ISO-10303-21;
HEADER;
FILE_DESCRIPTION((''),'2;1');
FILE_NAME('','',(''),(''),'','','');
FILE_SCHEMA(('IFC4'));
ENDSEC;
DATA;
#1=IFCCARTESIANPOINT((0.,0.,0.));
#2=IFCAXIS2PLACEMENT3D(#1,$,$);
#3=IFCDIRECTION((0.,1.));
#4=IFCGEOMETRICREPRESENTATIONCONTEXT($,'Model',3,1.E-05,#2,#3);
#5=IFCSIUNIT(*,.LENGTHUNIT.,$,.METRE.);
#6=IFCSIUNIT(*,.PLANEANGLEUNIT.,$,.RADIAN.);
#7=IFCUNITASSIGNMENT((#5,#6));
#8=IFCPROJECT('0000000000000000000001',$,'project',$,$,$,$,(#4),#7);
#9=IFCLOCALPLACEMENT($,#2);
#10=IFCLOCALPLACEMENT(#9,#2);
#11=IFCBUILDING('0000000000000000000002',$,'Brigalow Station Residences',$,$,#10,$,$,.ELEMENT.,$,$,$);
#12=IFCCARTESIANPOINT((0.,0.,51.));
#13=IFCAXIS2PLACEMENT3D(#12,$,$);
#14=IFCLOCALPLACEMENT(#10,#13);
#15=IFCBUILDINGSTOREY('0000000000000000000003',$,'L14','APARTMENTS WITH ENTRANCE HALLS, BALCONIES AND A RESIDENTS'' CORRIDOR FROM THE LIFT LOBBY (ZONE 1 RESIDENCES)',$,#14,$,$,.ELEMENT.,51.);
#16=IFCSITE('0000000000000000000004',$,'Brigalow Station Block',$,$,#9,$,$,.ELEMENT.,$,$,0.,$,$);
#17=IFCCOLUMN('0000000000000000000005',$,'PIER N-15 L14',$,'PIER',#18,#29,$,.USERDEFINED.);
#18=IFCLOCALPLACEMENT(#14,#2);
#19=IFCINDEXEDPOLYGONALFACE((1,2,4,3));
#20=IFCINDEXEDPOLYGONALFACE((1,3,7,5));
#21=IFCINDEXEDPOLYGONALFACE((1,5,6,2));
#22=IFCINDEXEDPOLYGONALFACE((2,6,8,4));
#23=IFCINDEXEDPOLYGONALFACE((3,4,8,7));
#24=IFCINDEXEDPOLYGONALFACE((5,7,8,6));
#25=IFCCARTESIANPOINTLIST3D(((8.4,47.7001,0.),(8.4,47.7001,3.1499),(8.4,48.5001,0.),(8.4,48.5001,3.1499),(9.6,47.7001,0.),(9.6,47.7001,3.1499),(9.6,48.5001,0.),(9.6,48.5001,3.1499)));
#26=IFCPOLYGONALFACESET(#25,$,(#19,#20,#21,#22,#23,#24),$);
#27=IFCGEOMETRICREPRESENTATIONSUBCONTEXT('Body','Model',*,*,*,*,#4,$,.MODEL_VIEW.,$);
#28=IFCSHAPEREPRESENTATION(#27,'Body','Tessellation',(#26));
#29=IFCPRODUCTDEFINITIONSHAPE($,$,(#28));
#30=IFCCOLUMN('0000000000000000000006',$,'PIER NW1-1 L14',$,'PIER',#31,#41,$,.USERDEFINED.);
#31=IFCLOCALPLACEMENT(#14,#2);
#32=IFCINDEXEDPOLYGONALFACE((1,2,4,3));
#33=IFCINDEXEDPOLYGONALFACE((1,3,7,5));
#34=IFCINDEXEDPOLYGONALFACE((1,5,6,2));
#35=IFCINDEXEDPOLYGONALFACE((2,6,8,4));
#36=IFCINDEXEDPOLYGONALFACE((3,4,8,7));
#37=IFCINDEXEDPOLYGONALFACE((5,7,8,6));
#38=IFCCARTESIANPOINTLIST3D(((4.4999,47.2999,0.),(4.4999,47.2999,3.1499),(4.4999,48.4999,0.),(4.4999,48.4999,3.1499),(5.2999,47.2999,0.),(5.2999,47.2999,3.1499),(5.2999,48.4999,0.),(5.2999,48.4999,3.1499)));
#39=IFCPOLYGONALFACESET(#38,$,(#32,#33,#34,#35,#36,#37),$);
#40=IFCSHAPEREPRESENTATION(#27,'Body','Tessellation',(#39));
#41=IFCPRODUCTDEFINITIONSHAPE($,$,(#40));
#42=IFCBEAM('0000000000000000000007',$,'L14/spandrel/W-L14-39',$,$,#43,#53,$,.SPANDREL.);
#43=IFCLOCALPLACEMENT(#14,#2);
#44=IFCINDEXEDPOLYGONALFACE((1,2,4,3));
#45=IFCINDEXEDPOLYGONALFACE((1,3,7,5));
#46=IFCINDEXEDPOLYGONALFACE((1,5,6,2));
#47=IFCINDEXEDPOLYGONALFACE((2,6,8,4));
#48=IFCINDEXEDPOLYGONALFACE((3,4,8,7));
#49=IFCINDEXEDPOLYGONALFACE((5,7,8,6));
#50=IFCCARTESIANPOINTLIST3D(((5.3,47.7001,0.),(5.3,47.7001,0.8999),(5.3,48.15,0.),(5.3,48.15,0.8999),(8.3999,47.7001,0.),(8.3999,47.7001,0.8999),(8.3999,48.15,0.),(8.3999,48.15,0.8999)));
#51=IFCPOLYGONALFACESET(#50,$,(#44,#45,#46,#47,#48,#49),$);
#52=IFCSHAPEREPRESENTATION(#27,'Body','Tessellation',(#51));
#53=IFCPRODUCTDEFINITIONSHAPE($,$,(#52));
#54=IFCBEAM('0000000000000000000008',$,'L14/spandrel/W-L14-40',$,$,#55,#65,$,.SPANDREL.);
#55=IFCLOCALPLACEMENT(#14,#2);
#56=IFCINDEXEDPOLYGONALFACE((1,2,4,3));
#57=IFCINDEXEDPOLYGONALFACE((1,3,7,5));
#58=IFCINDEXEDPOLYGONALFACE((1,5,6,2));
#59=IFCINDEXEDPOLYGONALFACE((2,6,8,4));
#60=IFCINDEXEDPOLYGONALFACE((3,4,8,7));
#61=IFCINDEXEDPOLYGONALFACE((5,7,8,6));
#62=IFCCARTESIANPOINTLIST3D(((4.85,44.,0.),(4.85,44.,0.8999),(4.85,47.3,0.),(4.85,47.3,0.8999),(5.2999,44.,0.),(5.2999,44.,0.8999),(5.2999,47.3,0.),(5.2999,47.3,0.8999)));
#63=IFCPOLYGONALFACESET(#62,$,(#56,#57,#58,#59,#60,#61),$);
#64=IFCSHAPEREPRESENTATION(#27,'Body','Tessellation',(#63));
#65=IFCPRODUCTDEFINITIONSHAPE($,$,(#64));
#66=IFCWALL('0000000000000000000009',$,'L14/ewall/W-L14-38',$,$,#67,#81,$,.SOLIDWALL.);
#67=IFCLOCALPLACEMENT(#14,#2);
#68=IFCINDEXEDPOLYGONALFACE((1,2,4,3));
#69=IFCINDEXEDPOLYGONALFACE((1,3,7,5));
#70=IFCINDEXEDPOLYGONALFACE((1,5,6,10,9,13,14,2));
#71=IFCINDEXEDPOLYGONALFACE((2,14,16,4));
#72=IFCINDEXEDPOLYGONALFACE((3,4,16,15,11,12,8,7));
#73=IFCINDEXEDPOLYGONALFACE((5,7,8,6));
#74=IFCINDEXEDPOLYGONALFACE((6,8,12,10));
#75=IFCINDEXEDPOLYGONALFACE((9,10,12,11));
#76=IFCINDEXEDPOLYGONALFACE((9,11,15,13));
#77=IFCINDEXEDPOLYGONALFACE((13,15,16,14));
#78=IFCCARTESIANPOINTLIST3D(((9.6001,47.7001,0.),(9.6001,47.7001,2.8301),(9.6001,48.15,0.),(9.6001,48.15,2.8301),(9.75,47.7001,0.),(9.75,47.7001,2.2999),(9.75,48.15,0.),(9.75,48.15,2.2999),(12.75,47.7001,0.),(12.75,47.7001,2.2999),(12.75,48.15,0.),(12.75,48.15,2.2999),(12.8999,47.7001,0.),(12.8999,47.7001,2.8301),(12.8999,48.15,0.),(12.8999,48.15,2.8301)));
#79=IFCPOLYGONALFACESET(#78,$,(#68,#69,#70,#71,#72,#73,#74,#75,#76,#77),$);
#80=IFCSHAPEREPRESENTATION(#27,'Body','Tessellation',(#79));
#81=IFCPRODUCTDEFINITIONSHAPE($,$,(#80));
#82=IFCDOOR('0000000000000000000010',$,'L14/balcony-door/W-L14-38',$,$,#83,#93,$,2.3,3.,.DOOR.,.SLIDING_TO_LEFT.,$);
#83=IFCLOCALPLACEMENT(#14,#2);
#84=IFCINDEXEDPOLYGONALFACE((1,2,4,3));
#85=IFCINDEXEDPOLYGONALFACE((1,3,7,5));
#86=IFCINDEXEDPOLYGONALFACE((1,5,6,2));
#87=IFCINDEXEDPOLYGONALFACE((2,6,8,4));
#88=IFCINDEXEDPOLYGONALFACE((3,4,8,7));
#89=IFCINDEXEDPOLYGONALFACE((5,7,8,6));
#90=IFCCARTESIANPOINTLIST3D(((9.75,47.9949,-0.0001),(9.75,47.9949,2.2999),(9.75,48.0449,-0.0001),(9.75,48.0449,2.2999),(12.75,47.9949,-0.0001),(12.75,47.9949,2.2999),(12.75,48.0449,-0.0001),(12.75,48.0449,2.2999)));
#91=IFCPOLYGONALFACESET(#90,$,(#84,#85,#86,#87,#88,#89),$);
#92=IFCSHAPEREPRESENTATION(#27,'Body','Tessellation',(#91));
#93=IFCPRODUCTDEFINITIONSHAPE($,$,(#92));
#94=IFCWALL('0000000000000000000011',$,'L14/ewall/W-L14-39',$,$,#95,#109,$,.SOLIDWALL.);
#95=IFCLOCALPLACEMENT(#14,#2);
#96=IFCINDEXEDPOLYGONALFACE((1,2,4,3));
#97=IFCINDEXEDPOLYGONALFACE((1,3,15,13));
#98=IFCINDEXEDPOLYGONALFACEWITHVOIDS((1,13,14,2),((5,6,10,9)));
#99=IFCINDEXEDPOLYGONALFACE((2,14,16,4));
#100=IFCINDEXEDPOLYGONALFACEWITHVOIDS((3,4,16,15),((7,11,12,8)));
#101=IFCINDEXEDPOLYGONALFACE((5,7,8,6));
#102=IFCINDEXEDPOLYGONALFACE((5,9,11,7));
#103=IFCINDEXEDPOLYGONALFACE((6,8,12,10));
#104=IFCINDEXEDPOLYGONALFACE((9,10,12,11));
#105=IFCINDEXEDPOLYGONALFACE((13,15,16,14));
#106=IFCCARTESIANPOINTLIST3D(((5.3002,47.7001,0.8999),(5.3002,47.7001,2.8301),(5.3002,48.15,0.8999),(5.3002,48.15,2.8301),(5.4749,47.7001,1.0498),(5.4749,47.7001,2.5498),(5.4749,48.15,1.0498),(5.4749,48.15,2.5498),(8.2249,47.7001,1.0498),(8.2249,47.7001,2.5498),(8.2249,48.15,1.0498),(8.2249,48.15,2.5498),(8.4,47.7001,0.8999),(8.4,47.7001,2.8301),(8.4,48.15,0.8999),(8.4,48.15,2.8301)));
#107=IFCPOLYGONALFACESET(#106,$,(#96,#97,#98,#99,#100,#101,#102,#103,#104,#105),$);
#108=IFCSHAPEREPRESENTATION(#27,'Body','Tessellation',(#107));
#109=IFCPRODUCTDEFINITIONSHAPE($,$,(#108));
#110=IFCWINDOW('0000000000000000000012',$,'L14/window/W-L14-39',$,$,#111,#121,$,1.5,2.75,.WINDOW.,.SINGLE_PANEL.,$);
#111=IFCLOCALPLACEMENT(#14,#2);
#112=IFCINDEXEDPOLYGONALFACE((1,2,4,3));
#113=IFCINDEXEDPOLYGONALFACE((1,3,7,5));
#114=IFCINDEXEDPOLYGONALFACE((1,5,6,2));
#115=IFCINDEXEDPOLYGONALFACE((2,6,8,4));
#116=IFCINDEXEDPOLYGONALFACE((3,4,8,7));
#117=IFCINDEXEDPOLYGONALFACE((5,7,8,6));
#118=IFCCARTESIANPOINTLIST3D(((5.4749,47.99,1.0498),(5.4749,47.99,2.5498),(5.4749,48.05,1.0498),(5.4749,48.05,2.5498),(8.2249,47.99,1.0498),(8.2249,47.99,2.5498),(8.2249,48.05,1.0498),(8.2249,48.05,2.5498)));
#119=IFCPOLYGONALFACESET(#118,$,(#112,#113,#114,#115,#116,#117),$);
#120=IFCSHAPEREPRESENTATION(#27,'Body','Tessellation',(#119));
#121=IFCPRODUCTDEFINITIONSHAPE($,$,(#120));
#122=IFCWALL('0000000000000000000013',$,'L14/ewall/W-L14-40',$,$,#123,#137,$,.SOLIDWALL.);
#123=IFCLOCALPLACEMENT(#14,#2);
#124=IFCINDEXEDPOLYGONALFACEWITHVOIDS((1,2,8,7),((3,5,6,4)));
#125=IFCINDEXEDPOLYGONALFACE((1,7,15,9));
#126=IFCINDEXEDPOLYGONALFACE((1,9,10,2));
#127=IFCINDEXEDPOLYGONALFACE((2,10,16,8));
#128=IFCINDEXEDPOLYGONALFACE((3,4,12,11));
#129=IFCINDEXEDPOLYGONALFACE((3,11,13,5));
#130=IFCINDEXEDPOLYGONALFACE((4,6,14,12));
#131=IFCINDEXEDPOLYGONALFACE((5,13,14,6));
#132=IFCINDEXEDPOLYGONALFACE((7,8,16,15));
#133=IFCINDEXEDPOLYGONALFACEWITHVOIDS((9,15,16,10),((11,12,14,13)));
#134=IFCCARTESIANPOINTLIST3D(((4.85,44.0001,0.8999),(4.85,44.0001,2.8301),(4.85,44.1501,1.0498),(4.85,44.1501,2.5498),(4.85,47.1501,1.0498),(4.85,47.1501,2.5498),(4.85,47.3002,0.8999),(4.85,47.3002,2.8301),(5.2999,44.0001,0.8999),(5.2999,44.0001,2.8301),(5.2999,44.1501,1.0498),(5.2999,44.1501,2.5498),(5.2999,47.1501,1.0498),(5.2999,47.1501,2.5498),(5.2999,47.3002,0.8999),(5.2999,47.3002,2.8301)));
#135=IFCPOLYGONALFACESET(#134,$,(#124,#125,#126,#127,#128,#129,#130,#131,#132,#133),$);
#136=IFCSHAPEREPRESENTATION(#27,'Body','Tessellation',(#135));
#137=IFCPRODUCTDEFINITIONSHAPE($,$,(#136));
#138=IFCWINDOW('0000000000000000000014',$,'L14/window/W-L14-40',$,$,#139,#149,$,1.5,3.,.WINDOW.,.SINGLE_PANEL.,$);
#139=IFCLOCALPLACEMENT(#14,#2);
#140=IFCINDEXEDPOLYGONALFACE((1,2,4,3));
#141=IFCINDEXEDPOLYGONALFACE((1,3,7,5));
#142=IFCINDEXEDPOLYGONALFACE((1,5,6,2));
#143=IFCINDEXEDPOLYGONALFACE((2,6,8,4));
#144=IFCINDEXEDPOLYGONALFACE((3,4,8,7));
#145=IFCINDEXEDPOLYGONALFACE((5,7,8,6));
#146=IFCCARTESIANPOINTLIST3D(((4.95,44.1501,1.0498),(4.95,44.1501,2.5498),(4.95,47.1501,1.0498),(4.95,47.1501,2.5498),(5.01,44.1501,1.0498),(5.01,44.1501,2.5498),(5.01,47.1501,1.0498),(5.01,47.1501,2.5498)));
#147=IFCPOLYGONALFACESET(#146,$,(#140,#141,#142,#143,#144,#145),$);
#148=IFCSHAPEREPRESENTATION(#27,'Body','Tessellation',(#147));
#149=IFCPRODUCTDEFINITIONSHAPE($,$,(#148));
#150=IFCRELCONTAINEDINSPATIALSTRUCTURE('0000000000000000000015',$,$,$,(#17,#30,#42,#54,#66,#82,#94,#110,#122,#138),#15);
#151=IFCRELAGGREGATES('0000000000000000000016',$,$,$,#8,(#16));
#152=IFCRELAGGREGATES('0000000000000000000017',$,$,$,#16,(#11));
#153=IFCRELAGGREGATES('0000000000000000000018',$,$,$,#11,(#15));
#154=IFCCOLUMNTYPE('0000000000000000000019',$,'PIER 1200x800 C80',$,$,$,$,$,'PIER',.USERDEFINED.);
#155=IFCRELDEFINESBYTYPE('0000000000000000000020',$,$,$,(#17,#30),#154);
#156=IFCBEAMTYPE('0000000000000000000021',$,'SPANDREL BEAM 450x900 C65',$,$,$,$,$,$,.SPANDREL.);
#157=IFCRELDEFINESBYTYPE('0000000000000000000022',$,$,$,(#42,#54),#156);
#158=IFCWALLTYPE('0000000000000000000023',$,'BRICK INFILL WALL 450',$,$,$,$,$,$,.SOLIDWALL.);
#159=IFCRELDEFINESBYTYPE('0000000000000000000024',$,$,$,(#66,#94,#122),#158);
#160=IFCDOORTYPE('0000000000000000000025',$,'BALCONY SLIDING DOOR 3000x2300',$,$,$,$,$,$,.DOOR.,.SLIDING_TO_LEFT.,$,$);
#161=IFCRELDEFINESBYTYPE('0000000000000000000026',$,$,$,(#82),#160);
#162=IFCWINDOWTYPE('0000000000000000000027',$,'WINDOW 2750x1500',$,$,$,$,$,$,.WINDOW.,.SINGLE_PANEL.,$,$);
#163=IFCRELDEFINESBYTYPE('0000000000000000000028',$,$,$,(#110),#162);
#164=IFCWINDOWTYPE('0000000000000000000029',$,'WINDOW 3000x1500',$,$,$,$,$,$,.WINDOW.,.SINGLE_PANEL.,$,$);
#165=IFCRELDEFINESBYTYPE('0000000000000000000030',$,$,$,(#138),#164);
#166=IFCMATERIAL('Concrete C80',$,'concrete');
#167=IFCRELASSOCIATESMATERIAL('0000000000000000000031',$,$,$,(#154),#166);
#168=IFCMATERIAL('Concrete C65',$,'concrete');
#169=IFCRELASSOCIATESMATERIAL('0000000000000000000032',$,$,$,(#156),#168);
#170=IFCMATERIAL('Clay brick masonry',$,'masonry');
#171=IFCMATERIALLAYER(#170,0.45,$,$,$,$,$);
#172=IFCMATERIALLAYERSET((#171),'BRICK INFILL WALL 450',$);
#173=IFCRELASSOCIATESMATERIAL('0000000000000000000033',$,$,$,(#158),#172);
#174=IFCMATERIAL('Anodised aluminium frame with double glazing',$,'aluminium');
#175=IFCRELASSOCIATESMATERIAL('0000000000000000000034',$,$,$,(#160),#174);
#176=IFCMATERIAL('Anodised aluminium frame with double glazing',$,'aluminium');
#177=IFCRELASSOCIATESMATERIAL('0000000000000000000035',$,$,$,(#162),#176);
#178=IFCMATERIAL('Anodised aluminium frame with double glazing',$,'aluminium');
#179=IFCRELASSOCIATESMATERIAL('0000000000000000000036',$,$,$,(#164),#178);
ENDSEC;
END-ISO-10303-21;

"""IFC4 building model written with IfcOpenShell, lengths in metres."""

from ifc_helpers import new_model, si_unit, direction, frame, frame_2d, origin, origin_2d, place, context, subcontext, project, spatial, rectangle, extrude, material, layer, layer_set, material_profile, profile_set, type_object, element, fill, save


model = new_model("IFC4")

# Units and contexts
model_context = context("Model", 3, precision=1e-05, world=origin(), true_north=direction((0.0, 1.0)))
body_context = subcontext(model_context, "Body", "Model", "MODEL_VIEW")
ifc_project = project(units=[si_unit("LENGTHUNIT", "METRE"), si_unit("PLANEANGLEUNIT", "RADIAN")], contexts=[model_context])

# Site, building, storey
site_placement = place(None, origin())
site = spatial("IfcSite", under=ifc_project, at=site_placement, Name="Brigalow Station Block", CompositionType="ELEMENT", RefElevation=0.0)
building_placement = place(site_placement, origin())
building = spatial("IfcBuilding", under=site, at=building_placement, Name="Brigalow Station Residences", CompositionType="ELEMENT")
storey_placement = place(building_placement, frame((0.0, 0.0, 51.0)))
storey = spatial("IfcBuildingStorey", under=building, at=storey_placement, Name="L14", Description="APARTMENTS WITH ENTRANCE HALLS, BALCONIES AND A RESIDENTS' CORRIDOR FROM THE LIFT LOBBY (ZONE 1 RESIDENCES)", CompositionType="ELEMENT", Elevation=51.0)

# Columns
ifc_material_1 = material(Name="Concrete C80", Category="concrete")
ifc_material_profile_1 = material_profile(ifc_material_1, rectangle(XDim=1.2, YDim=0.8, at=origin_2d()), Name="RC1200x800")
ifc_profile_set_1 = profile_set([ifc_material_profile_1], Name="Concrete C80")
column_type = type_object("IfcColumnType", Name="PIER 1200x800 C80", ElementType="PIER", PredefinedType="USERDEFINED", material=ifc_profile_set_1)
for number, where, z_axis, x_axis, name in (
    (1, (9.0, 48.1001, 0.0), (0.0, 0.0, 1.0), (-1.0, 0.0, 0.0), "PIER N-15 L14"),
    (2, (4.8999, 47.8999, 0.0), (0.0, 0.0, 1.0), (0.0, -1.0, 0.0), "PIER NW1-1 L14"),
):
    element("IfcColumn", number, at=place(storey_placement, frame(where, z_axis=z_axis, x_axis=x_axis)), inside=storey, type_object=column_type, Name=name, ObjectType="PIER", PredefinedType="USERDEFINED", context=body_context, shape_type="SweptSolid", body=[
        extrude(rectangle(XDim=1.2, YDim=0.8, at=origin_2d()), origin(), (0.0, 0.0, 1.0), 3.1499),
    ])

# Beams
ifc_material_2 = material(Name="Concrete C65", Category="concrete")
ifc_material_profile_2 = material_profile(ifc_material_2, rectangle(XDim=0.45, YDim=0.8999, at=origin_2d()), Name="RC450x900")
ifc_profile_set_2 = profile_set([ifc_material_profile_2], Name="Concrete C65")
beam_type = type_object("IfcBeamType", Name="SPANDREL BEAM 450x900 C65", PredefinedType="SPANDREL", material=ifc_profile_set_2)
beam_1_placement = place(storey_placement, frame((8.3999, 47.925, 0.45), z_axis=(-1.0, 0.0, 0.0), x_axis=(0.0, -1.0, 0.0)))
element("IfcBeam", 3, at=beam_1_placement, inside=storey, type_object=beam_type, Name="L14/spandrel/W-L14-39", PredefinedType="SPANDREL", context=body_context, shape_type="SweptSolid", body=[
    extrude(rectangle(XDim=0.45, YDim=0.8999, at=origin_2d()), origin(), (0.0, 0.0, 1.0), 3.0999),
])
beam_2_placement = place(storey_placement, frame((5.075, 47.3, 0.45), z_axis=(0.0, -1.0, 0.0), x_axis=(1.0, 0.0, 0.0)))
element("IfcBeam", 4, at=beam_2_placement, inside=storey, type_object=beam_type, Name="L14/spandrel/W-L14-40", PredefinedType="SPANDREL", context=body_context, shape_type="SweptSolid", body=[
    extrude(rectangle(XDim=0.45, YDim=0.8999, at=origin_2d()), origin(), (0.0, 0.0, 1.0), 3.3),
])

# Wall, opening, door
ifc_material_3 = material(Name="Clay brick masonry", Category="masonry")
ifc_layer_1 = layer(ifc_material_3, 0.45)
ifc_layer_set_1 = layer_set([ifc_layer_1], Name="BRICK INFILL WALL 450")
wall_type_1 = type_object("IfcWallType", Name="BRICK INFILL WALL 450", PredefinedType="SOLIDWALL", material=ifc_layer_set_1)
wall_1_placement = place(storey_placement, frame((12.8999, 47.925, 0.0), z_axis=(0.0, 0.0, 1.0), x_axis=(-1.0, 0.0, 0.0)))
wall_1 = element("IfcWall", 5, at=wall_1_placement, inside=storey, type_object=wall_type_1, Name="L14/ewall/W-L14-38", PredefinedType="SOLIDWALL", context=body_context, shape_type="SweptSolid", body=[
    extrude(rectangle(XDim=3.2998, YDim=0.45, at=frame_2d((1.6499, 0.0))), origin(), (0.0, 0.0, 1.0), 2.8301),
])
opening_1_placement = place(wall_1_placement, frame((0.1499, 0.0, 0.0)))
opening_1 = element("IfcOpeningElement", 6, at=opening_1_placement, cuts=wall_1, PredefinedType="OPENING", context=body_context, shape_type="SweptSolid", body=[
    extrude(rectangle(XDim=3.0, YDim=2.3, at=frame_2d((1.5, 1.1499))), frame((0.0, 0.2349, 0.0), z_axis=(0.0, -1.0, 0.0), x_axis=(1.0, 0.0, 0.0)), (0.0, 0.0, 1.0), 0.47),
])
ifc_material_4 = material(Name="Anodised aluminium frame with double glazing", Category="aluminium")
door_type_1 = type_object("IfcDoorType", Name="BALCONY SLIDING DOOR 3000x2300", OperationType="SLIDING_TO_LEFT", PredefinedType="DOOR", material=ifc_material_4)
door_1_placement = place(opening_1_placement, origin())
door_1 = element("IfcDoor", 7, at=door_1_placement, inside=storey, type_object=door_type_1, Name="L14/balcony-door/W-L14-38", OperationType="SLIDING_TO_LEFT", OverallHeight=2.3, OverallWidth=3.0, PredefinedType="DOOR", context=body_context, shape_type="SweptSolid", body=[
    extrude(rectangle(XDim=3.0, YDim=2.3, at=frame_2d((1.5, 1.1499))), frame((0.0, -0.0698, 0.0), z_axis=(0.0, -1.0, 0.0), x_axis=(1.0, 0.0, 0.0)), (0.0, 0.0, 1.0), 0.05),
])
fill(opening_1, door_1)

# Walls, openings, windows
wall_2_placement = place(storey_placement, frame((8.3999, 47.925, 0.8999), z_axis=(0.0, 0.0, 1.0), x_axis=(-1.0, 0.0, 0.0)))
wall_2 = element("IfcWall", 8, at=wall_2_placement, inside=storey, type_object=wall_type_1, Name="L14/ewall/W-L14-39", PredefinedType="SOLIDWALL", context=body_context, shape_type="SweptSolid", body=[
    extrude(rectangle(XDim=3.0999, YDim=0.45, at=frame_2d((1.5498, 0.0))), origin(), (0.0, 0.0, 1.0), 1.9302),
])
opening_2_placement = place(wall_2_placement, frame((0.175, 0.0, 0.1499)))
opening_2 = element("IfcOpeningElement", 9, at=opening_2_placement, cuts=wall_2, PredefinedType="OPENING", context=body_context, shape_type="SweptSolid", body=[
    extrude(rectangle(XDim=2.75, YDim=1.5, at=frame_2d((1.375, 0.75))), frame((0.0, 0.2349, 0.0), z_axis=(0.0, -1.0, 0.0), x_axis=(1.0, 0.0, 0.0)), (0.0, 0.0, 1.0), 0.47),
])
ifc_material_5 = material(Name="Anodised aluminium frame with double glazing", Category="aluminium")
window_type_1 = type_object("IfcWindowType", Name="WINDOW 2750x1500", PartitioningType="SINGLE_PANEL", PredefinedType="WINDOW", material=ifc_material_5)
window_1_placement = place(opening_2_placement, origin())
window_1 = element("IfcWindow", 10, at=window_1_placement, inside=storey, type_object=window_type_1, Name="L14/window/W-L14-39", OverallHeight=1.5, OverallWidth=2.75, PartitioningType="SINGLE_PANEL", PredefinedType="WINDOW", context=body_context, shape_type="SweptSolid", body=[
    extrude(rectangle(XDim=2.75, YDim=1.5, at=frame_2d((1.375, 0.75))), frame((0.0, -0.0649, 0.0), z_axis=(0.0, -1.0, 0.0), x_axis=(1.0, 0.0, 0.0)), (0.0, 0.0, 1.0), 0.0601),
])
fill(opening_2, window_1)
wall_3_placement = place(storey_placement, frame((5.075, 47.3, 0.8999), z_axis=(0.0, 0.0, 1.0), x_axis=(0.0, -1.0, 0.0)))
wall_3 = element("IfcWall", 11, at=wall_3_placement, inside=storey, type_object=wall_type_1, Name="L14/ewall/W-L14-40", PredefinedType="SOLIDWALL", context=body_context, shape_type="SweptSolid", body=[
    extrude(rectangle(XDim=3.3, YDim=0.45, at=frame_2d((1.6499, 0.0))), origin(), (0.0, 0.0, 1.0), 1.9302),
])
opening_3_placement = place(wall_3_placement, frame((0.1499, 0.0, 0.1499)))
opening_3 = element("IfcOpeningElement", 12, at=opening_3_placement, cuts=wall_3, PredefinedType="OPENING", context=body_context, shape_type="SweptSolid", body=[
    extrude(rectangle(XDim=3.0, YDim=1.5, at=frame_2d((1.5, 0.75))), frame((0.0, 0.2349, 0.0), z_axis=(0.0, -1.0, 0.0), x_axis=(1.0, 0.0, 0.0)), (0.0, 0.0, 1.0), 0.47),
])
ifc_material_6 = material(Name="Anodised aluminium frame with double glazing", Category="aluminium")
window_type_2 = type_object("IfcWindowType", Name="WINDOW 3000x1500", PartitioningType="SINGLE_PANEL", PredefinedType="WINDOW", material=ifc_material_6)
window_2_placement = place(opening_3_placement, origin())
window_2 = element("IfcWindow", 13, at=window_2_placement, inside=storey, type_object=window_type_2, Name="L14/window/W-L14-40", OverallHeight=1.5, OverallWidth=3.0, PartitioningType="SINGLE_PANEL", PredefinedType="WINDOW", context=body_context, shape_type="SweptSolid", body=[
    extrude(rectangle(XDim=3.0, YDim=1.5, at=frame_2d((1.5, 0.75))), frame((0.0, -0.0649, 0.0), z_axis=(0.0, -1.0, 0.0), x_axis=(1.0, 0.0, 0.0)), (0.0, 0.0, 1.0), 0.0601),
])
fill(opening_3, window_2)

save(model, "model.ifc")
